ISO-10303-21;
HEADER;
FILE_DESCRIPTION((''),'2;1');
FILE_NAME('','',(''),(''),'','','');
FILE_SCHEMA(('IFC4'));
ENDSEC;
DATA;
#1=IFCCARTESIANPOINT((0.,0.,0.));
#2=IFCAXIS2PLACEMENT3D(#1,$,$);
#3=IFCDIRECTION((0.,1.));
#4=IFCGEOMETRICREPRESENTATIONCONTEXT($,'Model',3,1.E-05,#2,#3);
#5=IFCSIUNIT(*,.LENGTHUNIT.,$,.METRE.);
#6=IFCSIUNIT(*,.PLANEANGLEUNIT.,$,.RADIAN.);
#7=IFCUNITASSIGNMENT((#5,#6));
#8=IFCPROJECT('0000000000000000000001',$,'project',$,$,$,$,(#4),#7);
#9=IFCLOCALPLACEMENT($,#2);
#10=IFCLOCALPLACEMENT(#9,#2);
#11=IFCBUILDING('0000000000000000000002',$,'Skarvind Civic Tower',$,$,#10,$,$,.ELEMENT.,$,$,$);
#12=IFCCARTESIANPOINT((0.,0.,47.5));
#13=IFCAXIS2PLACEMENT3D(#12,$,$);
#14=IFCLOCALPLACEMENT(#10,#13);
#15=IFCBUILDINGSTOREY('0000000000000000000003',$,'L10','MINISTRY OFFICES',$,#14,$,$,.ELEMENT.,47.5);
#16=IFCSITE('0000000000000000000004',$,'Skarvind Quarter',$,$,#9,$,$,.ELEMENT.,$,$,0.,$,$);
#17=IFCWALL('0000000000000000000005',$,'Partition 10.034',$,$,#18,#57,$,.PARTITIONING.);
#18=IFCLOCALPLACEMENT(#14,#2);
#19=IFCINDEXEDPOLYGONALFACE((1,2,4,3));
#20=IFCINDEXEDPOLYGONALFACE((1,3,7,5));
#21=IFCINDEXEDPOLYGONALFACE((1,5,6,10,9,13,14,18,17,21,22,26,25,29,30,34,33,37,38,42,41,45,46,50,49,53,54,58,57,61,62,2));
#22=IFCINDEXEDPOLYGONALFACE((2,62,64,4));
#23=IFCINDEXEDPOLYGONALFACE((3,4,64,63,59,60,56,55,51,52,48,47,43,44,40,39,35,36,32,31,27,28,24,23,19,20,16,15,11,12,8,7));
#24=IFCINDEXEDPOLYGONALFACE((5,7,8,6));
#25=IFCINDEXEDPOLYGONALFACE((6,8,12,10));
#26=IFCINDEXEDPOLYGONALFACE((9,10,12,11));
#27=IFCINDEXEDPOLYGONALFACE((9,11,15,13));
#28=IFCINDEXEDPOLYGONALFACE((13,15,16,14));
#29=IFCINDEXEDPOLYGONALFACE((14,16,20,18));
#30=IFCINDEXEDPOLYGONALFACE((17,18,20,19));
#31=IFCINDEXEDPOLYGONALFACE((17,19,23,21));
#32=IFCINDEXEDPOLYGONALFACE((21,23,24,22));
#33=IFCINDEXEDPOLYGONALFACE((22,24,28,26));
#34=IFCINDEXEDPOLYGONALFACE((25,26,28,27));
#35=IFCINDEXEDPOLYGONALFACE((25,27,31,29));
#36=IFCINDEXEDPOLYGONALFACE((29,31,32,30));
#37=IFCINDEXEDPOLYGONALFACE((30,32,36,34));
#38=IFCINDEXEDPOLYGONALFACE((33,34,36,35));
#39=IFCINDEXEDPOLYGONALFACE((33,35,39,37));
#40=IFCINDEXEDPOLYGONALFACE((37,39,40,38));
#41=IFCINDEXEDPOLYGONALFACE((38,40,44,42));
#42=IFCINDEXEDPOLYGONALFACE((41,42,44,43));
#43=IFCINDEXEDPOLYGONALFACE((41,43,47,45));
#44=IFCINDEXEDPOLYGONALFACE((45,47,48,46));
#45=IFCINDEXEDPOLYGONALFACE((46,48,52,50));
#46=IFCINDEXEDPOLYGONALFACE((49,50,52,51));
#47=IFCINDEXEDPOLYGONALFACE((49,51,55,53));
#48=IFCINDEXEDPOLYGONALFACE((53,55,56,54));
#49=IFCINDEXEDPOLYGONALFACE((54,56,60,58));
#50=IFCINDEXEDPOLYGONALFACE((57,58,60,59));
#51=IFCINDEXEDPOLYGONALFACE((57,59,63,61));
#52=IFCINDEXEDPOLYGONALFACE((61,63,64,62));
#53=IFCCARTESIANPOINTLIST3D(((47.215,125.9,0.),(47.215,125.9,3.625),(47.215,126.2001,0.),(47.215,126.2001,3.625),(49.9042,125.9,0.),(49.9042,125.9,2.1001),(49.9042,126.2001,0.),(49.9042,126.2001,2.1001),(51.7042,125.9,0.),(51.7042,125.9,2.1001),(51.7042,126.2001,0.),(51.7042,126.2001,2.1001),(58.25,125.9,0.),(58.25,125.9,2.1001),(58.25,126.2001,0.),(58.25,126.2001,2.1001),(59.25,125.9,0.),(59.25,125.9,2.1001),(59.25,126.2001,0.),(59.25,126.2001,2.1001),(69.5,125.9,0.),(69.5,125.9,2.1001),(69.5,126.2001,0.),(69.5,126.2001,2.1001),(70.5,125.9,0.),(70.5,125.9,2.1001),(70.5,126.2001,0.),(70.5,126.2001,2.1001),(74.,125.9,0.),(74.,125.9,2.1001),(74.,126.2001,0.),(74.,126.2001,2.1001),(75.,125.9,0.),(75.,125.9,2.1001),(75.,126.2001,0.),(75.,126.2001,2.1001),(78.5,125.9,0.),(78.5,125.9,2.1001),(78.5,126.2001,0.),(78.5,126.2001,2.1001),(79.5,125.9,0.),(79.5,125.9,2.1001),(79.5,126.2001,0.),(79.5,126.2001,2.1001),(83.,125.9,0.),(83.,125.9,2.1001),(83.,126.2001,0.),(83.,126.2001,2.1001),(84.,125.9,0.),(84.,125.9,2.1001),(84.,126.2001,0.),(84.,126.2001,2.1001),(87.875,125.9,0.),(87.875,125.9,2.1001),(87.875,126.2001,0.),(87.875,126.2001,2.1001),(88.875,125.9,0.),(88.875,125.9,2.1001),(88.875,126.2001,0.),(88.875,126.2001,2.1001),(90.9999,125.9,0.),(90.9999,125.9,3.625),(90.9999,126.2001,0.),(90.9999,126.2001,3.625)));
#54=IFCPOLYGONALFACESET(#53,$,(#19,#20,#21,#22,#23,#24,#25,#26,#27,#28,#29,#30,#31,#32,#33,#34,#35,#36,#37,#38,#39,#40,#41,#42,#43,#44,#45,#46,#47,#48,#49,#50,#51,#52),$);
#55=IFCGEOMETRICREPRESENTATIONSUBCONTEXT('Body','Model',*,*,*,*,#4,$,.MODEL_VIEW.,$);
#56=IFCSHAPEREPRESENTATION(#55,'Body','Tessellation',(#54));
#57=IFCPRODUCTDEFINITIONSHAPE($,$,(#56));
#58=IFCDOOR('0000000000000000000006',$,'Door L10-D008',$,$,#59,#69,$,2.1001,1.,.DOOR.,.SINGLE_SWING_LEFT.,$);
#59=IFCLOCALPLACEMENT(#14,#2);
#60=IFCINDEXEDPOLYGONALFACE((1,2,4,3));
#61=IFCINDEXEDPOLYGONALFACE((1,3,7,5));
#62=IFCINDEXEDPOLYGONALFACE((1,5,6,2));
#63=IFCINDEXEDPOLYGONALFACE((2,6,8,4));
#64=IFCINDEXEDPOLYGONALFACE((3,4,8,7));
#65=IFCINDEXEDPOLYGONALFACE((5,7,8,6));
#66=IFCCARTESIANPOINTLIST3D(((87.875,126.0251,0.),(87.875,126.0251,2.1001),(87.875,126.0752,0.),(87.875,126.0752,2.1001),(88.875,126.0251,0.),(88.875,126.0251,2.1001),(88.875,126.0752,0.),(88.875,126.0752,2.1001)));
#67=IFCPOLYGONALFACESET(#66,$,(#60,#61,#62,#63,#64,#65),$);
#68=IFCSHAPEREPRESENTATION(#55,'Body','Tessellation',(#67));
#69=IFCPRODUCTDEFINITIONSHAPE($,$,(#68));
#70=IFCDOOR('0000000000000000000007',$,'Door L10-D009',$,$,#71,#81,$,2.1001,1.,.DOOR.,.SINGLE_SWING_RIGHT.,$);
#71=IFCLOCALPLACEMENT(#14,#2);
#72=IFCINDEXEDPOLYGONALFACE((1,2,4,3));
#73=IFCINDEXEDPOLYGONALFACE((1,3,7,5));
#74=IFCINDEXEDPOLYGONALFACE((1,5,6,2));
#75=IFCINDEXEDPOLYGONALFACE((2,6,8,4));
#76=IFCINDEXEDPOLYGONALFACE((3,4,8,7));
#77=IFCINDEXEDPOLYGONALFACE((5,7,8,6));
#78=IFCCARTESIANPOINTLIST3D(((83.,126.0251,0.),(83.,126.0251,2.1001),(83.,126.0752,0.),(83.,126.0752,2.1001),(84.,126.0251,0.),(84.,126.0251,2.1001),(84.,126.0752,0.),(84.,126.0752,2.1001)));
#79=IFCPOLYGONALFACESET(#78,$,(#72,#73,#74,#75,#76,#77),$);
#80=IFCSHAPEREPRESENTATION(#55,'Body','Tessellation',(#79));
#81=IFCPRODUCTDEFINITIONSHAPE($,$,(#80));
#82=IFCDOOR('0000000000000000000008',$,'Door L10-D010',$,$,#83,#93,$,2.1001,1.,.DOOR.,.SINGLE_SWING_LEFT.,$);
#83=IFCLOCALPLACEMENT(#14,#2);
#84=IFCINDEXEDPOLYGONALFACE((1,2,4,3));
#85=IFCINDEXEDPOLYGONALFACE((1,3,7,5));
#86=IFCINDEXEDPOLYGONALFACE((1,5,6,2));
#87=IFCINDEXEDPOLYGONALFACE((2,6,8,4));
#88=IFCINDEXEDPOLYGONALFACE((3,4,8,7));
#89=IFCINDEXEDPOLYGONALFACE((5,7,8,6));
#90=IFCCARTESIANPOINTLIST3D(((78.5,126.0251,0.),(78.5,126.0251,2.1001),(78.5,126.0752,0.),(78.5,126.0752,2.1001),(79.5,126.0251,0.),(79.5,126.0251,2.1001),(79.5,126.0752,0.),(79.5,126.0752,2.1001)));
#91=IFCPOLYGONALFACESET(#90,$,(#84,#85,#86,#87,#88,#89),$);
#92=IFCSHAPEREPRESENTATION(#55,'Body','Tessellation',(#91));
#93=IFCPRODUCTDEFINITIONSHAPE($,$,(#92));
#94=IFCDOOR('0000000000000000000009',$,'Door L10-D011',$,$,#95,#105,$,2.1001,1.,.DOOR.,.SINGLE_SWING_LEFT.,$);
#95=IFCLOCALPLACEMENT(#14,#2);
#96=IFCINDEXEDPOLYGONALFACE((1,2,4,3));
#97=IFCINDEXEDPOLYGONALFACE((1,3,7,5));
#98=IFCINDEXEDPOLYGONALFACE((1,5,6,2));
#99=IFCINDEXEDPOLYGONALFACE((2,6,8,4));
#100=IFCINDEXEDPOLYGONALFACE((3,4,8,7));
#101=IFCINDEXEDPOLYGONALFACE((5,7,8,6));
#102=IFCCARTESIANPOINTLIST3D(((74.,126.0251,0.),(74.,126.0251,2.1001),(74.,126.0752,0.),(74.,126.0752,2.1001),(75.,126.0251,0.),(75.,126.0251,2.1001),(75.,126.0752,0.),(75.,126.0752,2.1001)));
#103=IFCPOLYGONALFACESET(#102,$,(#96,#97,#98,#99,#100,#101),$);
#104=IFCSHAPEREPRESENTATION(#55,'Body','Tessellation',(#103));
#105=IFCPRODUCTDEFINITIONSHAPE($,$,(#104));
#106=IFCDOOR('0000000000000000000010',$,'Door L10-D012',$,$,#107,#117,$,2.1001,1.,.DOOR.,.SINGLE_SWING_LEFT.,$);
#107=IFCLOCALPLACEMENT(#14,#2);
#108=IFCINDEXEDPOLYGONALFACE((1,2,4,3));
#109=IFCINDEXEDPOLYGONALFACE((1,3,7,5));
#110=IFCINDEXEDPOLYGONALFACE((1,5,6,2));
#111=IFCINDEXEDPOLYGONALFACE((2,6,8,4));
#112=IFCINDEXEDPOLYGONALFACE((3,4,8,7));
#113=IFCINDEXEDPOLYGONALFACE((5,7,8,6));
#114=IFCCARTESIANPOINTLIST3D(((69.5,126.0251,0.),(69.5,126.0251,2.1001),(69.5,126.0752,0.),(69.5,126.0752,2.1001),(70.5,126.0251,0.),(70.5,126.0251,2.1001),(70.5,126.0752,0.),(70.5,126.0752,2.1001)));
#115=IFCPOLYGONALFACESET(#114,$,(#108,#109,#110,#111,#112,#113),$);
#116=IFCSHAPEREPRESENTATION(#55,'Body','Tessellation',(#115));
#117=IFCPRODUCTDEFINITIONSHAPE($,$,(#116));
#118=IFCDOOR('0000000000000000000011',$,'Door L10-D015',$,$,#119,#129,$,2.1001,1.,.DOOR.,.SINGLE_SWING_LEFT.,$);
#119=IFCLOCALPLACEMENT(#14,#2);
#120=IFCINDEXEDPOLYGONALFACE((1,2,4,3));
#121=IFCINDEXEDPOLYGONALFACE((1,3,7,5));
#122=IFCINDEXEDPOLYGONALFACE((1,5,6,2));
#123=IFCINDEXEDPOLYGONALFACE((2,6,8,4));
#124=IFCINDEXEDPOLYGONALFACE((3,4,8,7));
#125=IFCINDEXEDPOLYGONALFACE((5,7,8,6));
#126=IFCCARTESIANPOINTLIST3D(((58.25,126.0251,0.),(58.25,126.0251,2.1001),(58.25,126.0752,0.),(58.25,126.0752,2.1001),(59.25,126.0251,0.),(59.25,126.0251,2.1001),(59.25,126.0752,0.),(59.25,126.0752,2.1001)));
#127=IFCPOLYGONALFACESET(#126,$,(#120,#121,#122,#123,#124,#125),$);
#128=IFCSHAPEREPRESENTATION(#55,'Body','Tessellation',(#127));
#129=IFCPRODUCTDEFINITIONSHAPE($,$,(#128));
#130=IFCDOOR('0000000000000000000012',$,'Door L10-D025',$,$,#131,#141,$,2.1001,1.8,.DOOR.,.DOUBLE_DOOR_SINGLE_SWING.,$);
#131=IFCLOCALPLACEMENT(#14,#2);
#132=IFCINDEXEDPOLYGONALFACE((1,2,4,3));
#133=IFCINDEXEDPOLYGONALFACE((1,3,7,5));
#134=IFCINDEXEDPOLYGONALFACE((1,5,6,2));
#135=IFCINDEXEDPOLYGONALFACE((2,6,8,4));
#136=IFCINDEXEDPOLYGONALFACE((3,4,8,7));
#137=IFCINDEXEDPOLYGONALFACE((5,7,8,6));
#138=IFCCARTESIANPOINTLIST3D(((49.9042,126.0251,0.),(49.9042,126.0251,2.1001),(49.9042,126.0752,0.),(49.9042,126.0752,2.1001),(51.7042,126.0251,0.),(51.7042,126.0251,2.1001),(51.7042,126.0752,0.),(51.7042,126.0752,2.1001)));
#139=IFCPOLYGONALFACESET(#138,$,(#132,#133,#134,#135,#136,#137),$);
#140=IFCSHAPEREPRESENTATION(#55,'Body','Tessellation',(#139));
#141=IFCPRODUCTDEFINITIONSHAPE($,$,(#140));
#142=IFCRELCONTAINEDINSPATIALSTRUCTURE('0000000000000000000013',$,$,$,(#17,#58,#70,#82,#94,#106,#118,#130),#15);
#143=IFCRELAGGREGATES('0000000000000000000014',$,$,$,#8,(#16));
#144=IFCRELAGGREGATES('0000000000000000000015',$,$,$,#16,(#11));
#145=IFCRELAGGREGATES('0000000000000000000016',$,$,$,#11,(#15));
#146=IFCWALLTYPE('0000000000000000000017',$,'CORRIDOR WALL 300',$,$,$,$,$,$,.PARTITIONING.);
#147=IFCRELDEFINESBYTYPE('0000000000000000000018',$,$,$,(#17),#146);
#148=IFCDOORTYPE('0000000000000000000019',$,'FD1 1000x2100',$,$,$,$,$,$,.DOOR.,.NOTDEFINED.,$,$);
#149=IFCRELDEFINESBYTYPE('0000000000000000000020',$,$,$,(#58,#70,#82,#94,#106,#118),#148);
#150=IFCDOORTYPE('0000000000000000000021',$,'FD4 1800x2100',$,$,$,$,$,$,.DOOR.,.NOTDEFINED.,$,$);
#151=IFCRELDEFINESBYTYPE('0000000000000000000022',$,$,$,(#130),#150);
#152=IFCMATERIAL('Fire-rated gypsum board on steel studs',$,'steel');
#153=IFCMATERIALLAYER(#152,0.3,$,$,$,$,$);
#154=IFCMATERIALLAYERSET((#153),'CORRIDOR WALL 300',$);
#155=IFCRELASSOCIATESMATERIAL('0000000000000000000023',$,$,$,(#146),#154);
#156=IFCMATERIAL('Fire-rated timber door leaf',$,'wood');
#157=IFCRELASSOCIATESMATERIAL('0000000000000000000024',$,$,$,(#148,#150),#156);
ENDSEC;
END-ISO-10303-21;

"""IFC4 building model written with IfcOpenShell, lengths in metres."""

from ifc_helpers import new_model, si_unit, direction, frame, frame_2d, origin, place, context, subcontext, project, spatial, rectangle, extrude, material, layer, layer_set, type_object, element, fill, save


model = new_model("IFC4")

# Units and contexts
model_context = context("Model", 3, precision=1e-05, world=origin(), true_north=direction((0.0, 1.0)))
body_context = subcontext(model_context, "Body", "Model", "MODEL_VIEW")
ifc_project = project(units=[si_unit("LENGTHUNIT", "METRE"), si_unit("PLANEANGLEUNIT", "RADIAN")], contexts=[model_context])

# Site, building, storey
site_placement = place(None, origin())
site = spatial("IfcSite", under=ifc_project, at=site_placement, Name="Skarvind Quarter", CompositionType="ELEMENT", RefElevation=0.0)
building_placement = place(site_placement, origin())
building = spatial("IfcBuilding", under=site, at=building_placement, Name="Skarvind Civic Tower", CompositionType="ELEMENT")
storey_placement = place(building_placement, frame((0.0, 0.0, 47.5)))
storey = spatial("IfcBuildingStorey", under=building, at=storey_placement, Name="L10", Description="MINISTRY OFFICES", CompositionType="ELEMENT", Elevation=47.5)

# Wall, openings, doors
ifc_material_1 = material(Name="Fire-rated gypsum board on steel studs", Category="steel")
ifc_layer_1 = layer(ifc_material_1, 0.3)
ifc_layer_set_1 = layer_set([ifc_layer_1], Name="CORRIDOR WALL 300")
wall_type_1 = type_object("IfcWallType", Name="CORRIDOR WALL 300", PredefinedType="PARTITIONING", material=ifc_layer_set_1)
wall_1_placement = place(storey_placement, frame((91.0, 126.05, 0.0), z_axis=(0.0, 0.0, 1.0), x_axis=(-1.0, 0.0, 0.0)))
wall_1 = element("IfcWall", 1, at=wall_1_placement, inside=storey, type_object=wall_type_1, Name="Partition 10.034", PredefinedType="PARTITIONING", context=body_context, shape_type="SweptSolid", body=[
    extrude(rectangle(XDim=43.7849, YDim=0.3, at=frame_2d((21.8926, 0.0))), origin(), (0.0, 0.0, 1.0), 3.625),
])
opening_1_placement = place(wall_1_placement, frame((2.125, 0.0, 0.0)))
opening_1 = element("IfcOpeningElement", 2, at=opening_1_placement, cuts=wall_1, PredefinedType="OPENING", context=body_context, shape_type="SweptSolid", body=[
    extrude(rectangle(XDim=1.0, YDim=2.1001, at=frame_2d((0.5, 1.05))), frame((0.0, 0.1599, 0.0), z_axis=(0.0, -1.0, 0.0), x_axis=(1.0, 0.0, 0.0)), (0.0, 0.0, 1.0), 0.3201),
])
opening_2_placement = place(wall_1_placement, frame((7.0, 0.0, 0.0)))
opening_2 = element("IfcOpeningElement", 3, at=opening_2_placement, cuts=wall_1, PredefinedType="OPENING", context=body_context, shape_type="SweptSolid", body=[
    extrude(rectangle(XDim=1.0, YDim=2.1001, at=frame_2d((0.5, 1.05))), frame((0.0, 0.1599, 0.0), z_axis=(0.0, -1.0, 0.0), x_axis=(1.0, 0.0, 0.0)), (0.0, 0.0, 1.0), 0.3201),
])
opening_3_placement = place(wall_1_placement, frame((11.5, 0.0, 0.0)))
opening_3 = element("IfcOpeningElement", 4, at=opening_3_placement, cuts=wall_1, PredefinedType="OPENING", context=body_context, shape_type="SweptSolid", body=[
    extrude(rectangle(XDim=1.0, YDim=2.1001, at=frame_2d((0.5, 1.05))), frame((0.0, 0.1599, 0.0), z_axis=(0.0, -1.0, 0.0), x_axis=(1.0, 0.0, 0.0)), (0.0, 0.0, 1.0), 0.3201),
])
opening_4_placement = place(wall_1_placement, frame((16.0, 0.0, 0.0)))
opening_4 = element("IfcOpeningElement", 5, at=opening_4_placement, cuts=wall_1, PredefinedType="OPENING", context=body_context, shape_type="SweptSolid", body=[
    extrude(rectangle(XDim=1.0, YDim=2.1001, at=frame_2d((0.5, 1.05))), frame((0.0, 0.1599, 0.0), z_axis=(0.0, -1.0, 0.0), x_axis=(1.0, 0.0, 0.0)), (0.0, 0.0, 1.0), 0.3201),
])
opening_5_placement = place(wall_1_placement, frame((20.5, 0.0, 0.0)))
opening_5 = element("IfcOpeningElement", 6, at=opening_5_placement, cuts=wall_1, PredefinedType="OPENING", context=body_context, shape_type="SweptSolid", body=[
    extrude(rectangle(XDim=1.0, YDim=2.1001, at=frame_2d((0.5, 1.05))), frame((0.0, 0.1599, 0.0), z_axis=(0.0, -1.0, 0.0), x_axis=(1.0, 0.0, 0.0)), (0.0, 0.0, 1.0), 0.3201),
])
opening_6_placement = place(wall_1_placement, frame((31.75, 0.0, 0.0)))
opening_6 = element("IfcOpeningElement", 7, at=opening_6_placement, cuts=wall_1, PredefinedType="OPENING", context=body_context, shape_type="SweptSolid", body=[
    extrude(rectangle(XDim=1.0, YDim=2.1001, at=frame_2d((0.5, 1.05))), frame((0.0, 0.1599, 0.0), z_axis=(0.0, -1.0, 0.0), x_axis=(1.0, 0.0, 0.0)), (0.0, 0.0, 1.0), 0.3201),
])
opening_7_placement = place(wall_1_placement, frame((39.2959, 0.0, 0.0)))
opening_7 = element("IfcOpeningElement", 8, at=opening_7_placement, cuts=wall_1, PredefinedType="OPENING", context=body_context, shape_type="SweptSolid", body=[
    extrude(rectangle(XDim=1.8, YDim=2.1001, at=frame_2d((0.8999, 1.05))), frame((0.0, 0.1599, 0.0), z_axis=(0.0, -1.0, 0.0), x_axis=(1.0, 0.0, 0.0)), (0.0, 0.0, 1.0), 0.3201),
])
ifc_material_2 = material(Name="Fire-rated timber door leaf", Category="wood")
door_type_1 = type_object("IfcDoorType", Name="FD1 1000x2100", OperationType="NOTDEFINED", PredefinedType="DOOR", material=ifc_material_2)
door_1_placement = place(opening_1_placement, origin())
door_1 = element("IfcDoor", 9, at=door_1_placement, inside=storey, type_object=door_type_1, Name="Door L10-D008", OperationType="SINGLE_SWING_LEFT", OverallHeight=2.1001, OverallWidth=1.0, PredefinedType="DOOR", context=body_context, shape_type="SweptSolid", body=[
    extrude(rectangle(XDim=1.0, YDim=2.1001, at=frame_2d((0.5, 1.05))), frame((0.0, 0.0249, 0.0), z_axis=(0.0, -1.0, 0.0), x_axis=(1.0, 0.0, 0.0)), (0.0, 0.0, 1.0), 0.05),
])
fill(opening_1, door_1)
door_2_placement = place(opening_2_placement, origin())
door_2 = element("IfcDoor", 10, at=door_2_placement, inside=storey, type_object=door_type_1, Name="Door L10-D009", OperationType="SINGLE_SWING_RIGHT", OverallHeight=2.1001, OverallWidth=1.0, PredefinedType="DOOR", context=body_context, shape_type="SweptSolid", body=[
    extrude(rectangle(XDim=1.0, YDim=2.1001, at=frame_2d((0.5, 1.05))), frame((0.0, 0.0249, 0.0), z_axis=(0.0, -1.0, 0.0), x_axis=(1.0, 0.0, 0.0)), (0.0, 0.0, 1.0), 0.05),
])
fill(opening_2, door_2)
door_3_placement = place(opening_3_placement, origin())
door_3 = element("IfcDoor", 11, at=door_3_placement, inside=storey, type_object=door_type_1, Name="Door L10-D010", OperationType="SINGLE_SWING_LEFT", OverallHeight=2.1001, OverallWidth=1.0, PredefinedType="DOOR", context=body_context, shape_type="SweptSolid", body=[
    extrude(rectangle(XDim=1.0, YDim=2.1001, at=frame_2d((0.5, 1.05))), frame((0.0, 0.0249, 0.0), z_axis=(0.0, -1.0, 0.0), x_axis=(1.0, 0.0, 0.0)), (0.0, 0.0, 1.0), 0.05),
])
fill(opening_3, door_3)
door_4_placement = place(opening_4_placement, origin())
door_4 = element("IfcDoor", 12, at=door_4_placement, inside=storey, type_object=door_type_1, Name="Door L10-D011", OperationType="SINGLE_SWING_LEFT", OverallHeight=2.1001, OverallWidth=1.0, PredefinedType="DOOR", context=body_context, shape_type="SweptSolid", body=[
    extrude(rectangle(XDim=1.0, YDim=2.1001, at=frame_2d((0.5, 1.05))), frame((0.0, 0.0249, 0.0), z_axis=(0.0, -1.0, 0.0), x_axis=(1.0, 0.0, 0.0)), (0.0, 0.0, 1.0), 0.05),
])
fill(opening_4, door_4)
door_5_placement = place(opening_5_placement, origin())
door_5 = element("IfcDoor", 13, at=door_5_placement, inside=storey, type_object=door_type_1, Name="Door L10-D012", OperationType="SINGLE_SWING_LEFT", OverallHeight=2.1001, OverallWidth=1.0, PredefinedType="DOOR", context=body_context, shape_type="SweptSolid", body=[
    extrude(rectangle(XDim=1.0, YDim=2.1001, at=frame_2d((0.5, 1.05))), frame((0.0, 0.0249, 0.0), z_axis=(0.0, -1.0, 0.0), x_axis=(1.0, 0.0, 0.0)), (0.0, 0.0, 1.0), 0.05),
])
fill(opening_5, door_5)
door_6_placement = place(opening_6_placement, origin())
door_6 = element("IfcDoor", 14, at=door_6_placement, inside=storey, type_object=door_type_1, Name="Door L10-D015", OperationType="SINGLE_SWING_LEFT", OverallHeight=2.1001, OverallWidth=1.0, PredefinedType="DOOR", context=body_context, shape_type="SweptSolid", body=[
    extrude(rectangle(XDim=1.0, YDim=2.1001, at=frame_2d((0.5, 1.05))), frame((0.0, 0.0249, 0.0), z_axis=(0.0, -1.0, 0.0), x_axis=(1.0, 0.0, 0.0)), (0.0, 0.0, 1.0), 0.05),
])
fill(opening_6, door_6)
door_type_2 = type_object("IfcDoorType", Name="FD4 1800x2100", OperationType="NOTDEFINED", PredefinedType="DOOR", material=ifc_material_2)
door_7_placement = place(opening_7_placement, origin())
door_7 = element("IfcDoor", 15, at=door_7_placement, inside=storey, type_object=door_type_2, Name="Door L10-D025", OperationType="DOUBLE_DOOR_SINGLE_SWING", OverallHeight=2.1001, OverallWidth=1.8, PredefinedType="DOOR", context=body_context, shape_type="SweptSolid", body=[
    extrude(rectangle(XDim=1.8, YDim=2.1001, at=frame_2d((0.8999, 1.05))), frame((0.0, 0.0249, 0.0), z_axis=(0.0, -1.0, 0.0), x_axis=(1.0, 0.0, 0.0)), (0.0, 0.0, 1.0), 0.05),
])
fill(opening_7, door_7)

save(model, "model.ifc")
